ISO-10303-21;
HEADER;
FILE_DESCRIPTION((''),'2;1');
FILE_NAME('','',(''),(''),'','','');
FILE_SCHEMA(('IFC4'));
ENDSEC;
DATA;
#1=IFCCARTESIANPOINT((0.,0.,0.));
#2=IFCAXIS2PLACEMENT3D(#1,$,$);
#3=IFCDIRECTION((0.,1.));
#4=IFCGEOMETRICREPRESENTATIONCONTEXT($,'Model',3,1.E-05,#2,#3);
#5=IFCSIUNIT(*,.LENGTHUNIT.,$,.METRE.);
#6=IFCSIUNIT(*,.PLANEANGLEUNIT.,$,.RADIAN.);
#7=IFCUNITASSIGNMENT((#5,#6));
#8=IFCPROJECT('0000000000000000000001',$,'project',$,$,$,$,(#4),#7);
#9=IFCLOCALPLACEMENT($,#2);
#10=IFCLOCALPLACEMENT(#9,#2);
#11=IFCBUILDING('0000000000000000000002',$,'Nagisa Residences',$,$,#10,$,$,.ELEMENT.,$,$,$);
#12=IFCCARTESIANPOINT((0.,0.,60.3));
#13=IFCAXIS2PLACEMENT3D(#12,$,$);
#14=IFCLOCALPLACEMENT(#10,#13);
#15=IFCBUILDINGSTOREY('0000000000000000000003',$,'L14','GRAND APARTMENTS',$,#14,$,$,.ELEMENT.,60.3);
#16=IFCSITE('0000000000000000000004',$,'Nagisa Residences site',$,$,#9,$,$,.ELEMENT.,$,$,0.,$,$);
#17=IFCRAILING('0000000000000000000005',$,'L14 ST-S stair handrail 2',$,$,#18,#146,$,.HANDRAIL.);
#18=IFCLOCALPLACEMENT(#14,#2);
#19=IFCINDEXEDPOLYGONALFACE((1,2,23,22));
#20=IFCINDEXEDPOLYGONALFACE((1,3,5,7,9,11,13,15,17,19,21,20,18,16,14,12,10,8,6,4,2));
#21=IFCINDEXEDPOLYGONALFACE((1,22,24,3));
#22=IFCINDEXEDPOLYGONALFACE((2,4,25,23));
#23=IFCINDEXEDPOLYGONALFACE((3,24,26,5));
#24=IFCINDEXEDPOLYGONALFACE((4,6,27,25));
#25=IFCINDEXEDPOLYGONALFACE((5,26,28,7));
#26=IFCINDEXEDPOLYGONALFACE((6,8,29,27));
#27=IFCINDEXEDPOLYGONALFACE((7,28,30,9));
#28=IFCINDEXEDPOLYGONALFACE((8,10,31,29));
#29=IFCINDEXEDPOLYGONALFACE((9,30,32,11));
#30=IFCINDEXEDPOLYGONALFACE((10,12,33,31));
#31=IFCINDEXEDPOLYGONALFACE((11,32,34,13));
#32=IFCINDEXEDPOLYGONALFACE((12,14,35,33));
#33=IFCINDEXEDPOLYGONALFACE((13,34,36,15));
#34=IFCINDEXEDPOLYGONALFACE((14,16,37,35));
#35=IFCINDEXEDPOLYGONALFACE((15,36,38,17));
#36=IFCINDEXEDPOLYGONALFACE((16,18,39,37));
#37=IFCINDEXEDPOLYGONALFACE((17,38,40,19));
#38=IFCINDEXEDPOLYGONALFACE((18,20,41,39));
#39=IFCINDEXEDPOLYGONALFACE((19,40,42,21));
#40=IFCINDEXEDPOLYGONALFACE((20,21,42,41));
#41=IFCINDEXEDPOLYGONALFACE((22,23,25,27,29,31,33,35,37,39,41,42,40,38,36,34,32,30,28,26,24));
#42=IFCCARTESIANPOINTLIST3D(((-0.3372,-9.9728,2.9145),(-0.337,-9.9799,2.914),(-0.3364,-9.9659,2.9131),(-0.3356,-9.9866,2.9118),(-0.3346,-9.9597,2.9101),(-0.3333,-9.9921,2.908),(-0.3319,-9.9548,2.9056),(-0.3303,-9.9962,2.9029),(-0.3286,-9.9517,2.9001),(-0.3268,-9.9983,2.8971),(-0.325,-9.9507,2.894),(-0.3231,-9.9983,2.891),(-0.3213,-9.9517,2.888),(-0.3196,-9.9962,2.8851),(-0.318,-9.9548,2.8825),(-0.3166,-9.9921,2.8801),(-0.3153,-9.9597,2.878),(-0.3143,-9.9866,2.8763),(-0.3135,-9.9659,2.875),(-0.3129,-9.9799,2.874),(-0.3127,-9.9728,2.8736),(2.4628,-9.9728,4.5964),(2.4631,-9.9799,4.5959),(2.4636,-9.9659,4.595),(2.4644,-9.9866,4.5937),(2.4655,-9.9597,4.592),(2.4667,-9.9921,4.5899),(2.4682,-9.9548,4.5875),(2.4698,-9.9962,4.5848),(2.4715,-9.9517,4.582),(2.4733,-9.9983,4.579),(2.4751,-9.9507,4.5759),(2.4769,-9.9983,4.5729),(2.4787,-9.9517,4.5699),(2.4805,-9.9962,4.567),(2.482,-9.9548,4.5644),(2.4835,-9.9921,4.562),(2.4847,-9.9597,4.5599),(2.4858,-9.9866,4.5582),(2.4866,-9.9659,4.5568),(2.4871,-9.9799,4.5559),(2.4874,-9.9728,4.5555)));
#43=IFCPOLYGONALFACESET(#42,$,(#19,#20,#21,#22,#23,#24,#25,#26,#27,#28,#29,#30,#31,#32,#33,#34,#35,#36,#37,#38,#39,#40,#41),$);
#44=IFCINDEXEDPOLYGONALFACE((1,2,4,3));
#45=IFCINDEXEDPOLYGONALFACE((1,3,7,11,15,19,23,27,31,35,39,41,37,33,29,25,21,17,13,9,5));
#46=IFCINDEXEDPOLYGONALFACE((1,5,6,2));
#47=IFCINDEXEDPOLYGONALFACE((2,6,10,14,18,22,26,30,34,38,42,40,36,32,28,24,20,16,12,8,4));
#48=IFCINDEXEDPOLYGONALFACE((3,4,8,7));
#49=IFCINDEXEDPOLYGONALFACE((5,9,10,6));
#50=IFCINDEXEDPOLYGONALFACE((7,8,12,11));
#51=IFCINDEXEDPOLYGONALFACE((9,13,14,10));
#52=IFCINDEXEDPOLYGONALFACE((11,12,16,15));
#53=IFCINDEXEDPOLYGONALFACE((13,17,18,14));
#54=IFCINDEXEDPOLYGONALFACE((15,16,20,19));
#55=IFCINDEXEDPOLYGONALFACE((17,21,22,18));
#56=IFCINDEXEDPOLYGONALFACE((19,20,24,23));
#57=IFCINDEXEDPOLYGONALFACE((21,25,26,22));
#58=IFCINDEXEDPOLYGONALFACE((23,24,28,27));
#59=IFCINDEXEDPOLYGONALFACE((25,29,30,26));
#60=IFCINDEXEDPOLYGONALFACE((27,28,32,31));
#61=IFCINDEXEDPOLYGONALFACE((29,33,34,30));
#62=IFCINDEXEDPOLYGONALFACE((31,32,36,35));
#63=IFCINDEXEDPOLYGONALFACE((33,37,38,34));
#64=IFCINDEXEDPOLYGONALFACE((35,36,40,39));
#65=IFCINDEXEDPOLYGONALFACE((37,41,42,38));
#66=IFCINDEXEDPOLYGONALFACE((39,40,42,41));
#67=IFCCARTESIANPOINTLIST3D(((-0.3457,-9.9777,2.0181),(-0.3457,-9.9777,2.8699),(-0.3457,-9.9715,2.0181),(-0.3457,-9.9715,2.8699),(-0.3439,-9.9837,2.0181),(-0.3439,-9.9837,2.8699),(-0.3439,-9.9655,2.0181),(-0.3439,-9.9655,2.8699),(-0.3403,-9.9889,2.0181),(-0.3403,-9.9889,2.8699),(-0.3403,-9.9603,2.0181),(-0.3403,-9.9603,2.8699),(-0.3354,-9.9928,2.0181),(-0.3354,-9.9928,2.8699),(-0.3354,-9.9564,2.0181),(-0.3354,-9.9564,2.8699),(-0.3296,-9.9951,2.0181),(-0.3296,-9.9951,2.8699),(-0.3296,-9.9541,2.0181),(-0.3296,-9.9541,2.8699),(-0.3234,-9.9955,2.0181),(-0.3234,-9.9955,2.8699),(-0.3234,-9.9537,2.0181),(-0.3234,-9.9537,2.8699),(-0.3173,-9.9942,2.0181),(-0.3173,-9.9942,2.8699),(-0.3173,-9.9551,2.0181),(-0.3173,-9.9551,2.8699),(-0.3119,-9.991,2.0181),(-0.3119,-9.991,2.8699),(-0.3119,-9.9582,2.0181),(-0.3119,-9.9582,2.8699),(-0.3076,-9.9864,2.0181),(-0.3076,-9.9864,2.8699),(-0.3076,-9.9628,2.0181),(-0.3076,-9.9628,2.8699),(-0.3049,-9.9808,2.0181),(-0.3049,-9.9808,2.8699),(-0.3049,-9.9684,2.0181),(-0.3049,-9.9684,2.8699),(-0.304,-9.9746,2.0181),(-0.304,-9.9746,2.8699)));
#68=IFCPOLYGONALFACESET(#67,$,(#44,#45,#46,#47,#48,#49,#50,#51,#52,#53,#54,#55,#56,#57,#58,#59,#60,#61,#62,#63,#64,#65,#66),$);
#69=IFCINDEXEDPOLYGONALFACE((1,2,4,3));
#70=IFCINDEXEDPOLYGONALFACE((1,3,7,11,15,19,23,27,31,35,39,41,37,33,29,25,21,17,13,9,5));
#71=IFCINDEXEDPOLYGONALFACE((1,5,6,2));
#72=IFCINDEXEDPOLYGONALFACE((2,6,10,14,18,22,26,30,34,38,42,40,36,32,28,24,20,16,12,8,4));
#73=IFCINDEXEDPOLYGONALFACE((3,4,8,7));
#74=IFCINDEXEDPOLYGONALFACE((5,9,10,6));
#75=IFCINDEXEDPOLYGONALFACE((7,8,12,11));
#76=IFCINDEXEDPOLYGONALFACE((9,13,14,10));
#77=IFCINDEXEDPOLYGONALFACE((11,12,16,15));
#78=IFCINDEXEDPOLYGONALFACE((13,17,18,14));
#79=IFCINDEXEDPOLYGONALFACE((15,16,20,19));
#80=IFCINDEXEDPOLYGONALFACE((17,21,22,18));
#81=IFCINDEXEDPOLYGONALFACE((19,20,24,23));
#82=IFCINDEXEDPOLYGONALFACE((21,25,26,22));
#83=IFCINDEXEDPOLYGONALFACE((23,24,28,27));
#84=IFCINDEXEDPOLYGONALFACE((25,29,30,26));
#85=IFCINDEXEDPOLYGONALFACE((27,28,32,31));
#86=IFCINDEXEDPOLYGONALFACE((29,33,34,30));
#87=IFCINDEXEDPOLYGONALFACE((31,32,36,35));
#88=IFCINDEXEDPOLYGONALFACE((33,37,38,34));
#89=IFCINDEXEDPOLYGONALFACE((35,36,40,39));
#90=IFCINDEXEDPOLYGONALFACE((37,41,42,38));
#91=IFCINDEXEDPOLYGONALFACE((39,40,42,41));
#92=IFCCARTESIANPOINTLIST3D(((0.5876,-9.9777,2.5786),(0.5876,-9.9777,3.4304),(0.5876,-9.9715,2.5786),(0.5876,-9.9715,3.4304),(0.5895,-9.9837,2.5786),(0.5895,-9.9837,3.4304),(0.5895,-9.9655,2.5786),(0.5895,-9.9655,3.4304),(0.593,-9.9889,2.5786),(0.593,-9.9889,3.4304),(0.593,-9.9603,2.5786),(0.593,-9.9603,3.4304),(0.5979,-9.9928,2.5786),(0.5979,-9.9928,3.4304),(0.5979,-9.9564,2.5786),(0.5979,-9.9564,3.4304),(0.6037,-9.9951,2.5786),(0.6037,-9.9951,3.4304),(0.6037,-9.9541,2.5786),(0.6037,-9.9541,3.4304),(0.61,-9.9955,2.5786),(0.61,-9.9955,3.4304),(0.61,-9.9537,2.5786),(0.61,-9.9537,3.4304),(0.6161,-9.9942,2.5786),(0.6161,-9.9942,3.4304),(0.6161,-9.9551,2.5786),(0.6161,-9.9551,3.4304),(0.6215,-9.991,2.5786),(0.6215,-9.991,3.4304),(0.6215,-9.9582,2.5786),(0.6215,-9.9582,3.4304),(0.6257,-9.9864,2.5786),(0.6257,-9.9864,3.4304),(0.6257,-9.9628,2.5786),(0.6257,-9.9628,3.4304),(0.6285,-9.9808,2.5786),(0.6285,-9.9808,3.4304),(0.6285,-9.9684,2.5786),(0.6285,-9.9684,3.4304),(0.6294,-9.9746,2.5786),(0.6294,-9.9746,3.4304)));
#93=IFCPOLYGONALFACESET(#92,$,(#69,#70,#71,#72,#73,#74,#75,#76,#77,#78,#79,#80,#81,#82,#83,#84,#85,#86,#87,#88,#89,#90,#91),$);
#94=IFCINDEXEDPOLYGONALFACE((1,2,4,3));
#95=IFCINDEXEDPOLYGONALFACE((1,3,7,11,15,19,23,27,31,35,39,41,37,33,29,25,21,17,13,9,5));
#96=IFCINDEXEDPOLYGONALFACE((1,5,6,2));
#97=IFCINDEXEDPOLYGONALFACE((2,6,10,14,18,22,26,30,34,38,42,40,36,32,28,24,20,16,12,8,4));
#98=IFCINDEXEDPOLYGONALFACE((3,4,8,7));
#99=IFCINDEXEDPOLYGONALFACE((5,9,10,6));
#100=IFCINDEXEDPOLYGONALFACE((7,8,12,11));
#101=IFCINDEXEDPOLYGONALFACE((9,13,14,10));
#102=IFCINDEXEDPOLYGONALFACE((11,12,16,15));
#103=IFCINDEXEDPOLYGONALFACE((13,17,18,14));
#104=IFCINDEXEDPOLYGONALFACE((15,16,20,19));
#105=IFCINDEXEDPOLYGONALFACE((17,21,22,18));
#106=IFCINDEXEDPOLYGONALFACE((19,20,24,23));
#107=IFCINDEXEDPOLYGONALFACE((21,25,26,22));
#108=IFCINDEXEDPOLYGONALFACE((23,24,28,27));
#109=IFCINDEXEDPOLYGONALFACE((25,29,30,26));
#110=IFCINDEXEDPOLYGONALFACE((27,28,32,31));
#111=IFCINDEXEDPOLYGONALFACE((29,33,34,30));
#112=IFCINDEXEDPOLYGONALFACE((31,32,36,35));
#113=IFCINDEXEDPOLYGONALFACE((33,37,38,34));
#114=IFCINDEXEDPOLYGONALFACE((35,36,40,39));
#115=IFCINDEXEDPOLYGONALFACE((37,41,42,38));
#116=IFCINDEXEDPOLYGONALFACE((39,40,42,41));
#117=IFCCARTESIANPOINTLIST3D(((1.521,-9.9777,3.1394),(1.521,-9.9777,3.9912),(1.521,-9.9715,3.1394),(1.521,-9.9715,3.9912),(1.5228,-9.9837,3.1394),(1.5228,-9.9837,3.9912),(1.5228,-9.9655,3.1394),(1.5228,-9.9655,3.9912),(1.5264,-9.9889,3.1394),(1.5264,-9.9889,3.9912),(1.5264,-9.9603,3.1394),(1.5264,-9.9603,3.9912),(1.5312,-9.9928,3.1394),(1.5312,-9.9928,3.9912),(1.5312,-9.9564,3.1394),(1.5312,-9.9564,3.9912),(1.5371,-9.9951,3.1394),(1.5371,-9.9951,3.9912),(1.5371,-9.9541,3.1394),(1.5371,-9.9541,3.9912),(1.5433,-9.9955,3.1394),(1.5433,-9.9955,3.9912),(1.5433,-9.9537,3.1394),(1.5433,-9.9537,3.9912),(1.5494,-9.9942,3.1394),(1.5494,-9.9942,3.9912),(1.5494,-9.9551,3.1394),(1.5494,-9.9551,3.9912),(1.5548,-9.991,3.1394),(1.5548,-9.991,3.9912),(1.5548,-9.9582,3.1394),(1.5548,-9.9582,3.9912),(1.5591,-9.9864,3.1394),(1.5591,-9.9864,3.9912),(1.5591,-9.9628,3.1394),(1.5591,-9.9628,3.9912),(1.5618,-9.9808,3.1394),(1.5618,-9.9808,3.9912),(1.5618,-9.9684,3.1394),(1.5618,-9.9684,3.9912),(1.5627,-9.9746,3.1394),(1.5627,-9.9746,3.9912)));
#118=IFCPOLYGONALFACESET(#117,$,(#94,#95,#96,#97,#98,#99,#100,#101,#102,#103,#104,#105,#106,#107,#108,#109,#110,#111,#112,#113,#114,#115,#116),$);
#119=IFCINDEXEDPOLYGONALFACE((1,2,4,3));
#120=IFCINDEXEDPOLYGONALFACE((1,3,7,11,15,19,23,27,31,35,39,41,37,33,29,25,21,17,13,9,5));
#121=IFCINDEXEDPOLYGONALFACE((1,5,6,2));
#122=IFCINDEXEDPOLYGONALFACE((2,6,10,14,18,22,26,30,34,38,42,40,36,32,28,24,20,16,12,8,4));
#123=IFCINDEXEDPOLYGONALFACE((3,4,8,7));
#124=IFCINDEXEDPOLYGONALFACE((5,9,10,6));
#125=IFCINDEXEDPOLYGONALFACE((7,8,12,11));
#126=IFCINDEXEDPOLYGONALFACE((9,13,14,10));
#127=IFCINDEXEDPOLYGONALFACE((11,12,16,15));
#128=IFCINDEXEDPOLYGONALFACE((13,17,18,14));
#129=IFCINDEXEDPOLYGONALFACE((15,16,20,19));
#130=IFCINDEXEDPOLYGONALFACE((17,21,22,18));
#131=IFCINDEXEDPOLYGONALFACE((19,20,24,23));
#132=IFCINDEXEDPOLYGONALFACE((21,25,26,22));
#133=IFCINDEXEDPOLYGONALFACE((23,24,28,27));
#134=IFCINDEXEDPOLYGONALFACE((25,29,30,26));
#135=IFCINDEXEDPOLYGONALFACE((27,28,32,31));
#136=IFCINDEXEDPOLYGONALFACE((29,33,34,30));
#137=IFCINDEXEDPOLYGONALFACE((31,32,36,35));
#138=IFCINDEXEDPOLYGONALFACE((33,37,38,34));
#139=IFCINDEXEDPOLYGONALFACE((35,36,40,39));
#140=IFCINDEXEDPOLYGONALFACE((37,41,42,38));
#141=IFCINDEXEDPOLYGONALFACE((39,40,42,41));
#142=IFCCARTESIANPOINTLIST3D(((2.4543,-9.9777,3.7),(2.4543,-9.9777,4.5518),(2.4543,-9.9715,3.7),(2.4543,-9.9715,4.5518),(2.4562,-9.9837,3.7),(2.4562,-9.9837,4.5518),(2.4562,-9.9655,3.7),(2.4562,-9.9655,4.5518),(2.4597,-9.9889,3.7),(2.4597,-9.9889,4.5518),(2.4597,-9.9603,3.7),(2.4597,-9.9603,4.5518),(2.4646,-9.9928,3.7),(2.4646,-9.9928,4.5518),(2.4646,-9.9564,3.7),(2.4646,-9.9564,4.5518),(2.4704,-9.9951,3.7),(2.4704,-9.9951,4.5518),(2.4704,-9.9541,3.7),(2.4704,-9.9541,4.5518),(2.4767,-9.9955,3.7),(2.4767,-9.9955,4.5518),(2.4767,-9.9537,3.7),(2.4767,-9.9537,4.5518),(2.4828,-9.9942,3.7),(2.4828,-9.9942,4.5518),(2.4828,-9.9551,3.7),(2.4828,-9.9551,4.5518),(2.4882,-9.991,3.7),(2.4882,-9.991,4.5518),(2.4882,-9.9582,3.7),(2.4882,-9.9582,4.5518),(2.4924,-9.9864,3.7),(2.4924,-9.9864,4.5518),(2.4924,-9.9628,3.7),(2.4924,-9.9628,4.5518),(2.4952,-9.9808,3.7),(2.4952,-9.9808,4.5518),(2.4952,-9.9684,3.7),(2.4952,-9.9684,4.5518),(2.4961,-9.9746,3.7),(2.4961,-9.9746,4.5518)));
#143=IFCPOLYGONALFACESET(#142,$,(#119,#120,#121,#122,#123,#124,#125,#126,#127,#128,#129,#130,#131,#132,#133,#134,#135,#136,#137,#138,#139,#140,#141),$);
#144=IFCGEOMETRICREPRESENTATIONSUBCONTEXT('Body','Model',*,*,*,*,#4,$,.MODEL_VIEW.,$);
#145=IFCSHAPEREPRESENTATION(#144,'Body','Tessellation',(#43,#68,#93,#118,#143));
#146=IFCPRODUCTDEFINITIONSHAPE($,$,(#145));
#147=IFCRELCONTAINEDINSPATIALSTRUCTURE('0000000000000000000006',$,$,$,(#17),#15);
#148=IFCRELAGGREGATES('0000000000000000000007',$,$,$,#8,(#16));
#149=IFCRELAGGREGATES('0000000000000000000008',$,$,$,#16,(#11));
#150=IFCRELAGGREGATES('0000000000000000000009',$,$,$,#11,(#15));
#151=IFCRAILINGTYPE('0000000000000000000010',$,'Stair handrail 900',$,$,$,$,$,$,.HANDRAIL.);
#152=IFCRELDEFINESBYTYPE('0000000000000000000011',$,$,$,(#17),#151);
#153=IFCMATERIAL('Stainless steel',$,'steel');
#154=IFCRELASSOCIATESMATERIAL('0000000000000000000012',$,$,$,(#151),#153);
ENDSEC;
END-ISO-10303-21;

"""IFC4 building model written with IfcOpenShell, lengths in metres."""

from ifc_helpers import new_model, si_unit, direction, frame, origin, origin_2d, place, context, subcontext, project, spatial, circle, extrude, material, type_object, element, save


model = new_model("IFC4")

# Units and contexts
model_context = context("Model", 3, precision=1e-05, world=origin(), true_north=direction((0.0, 1.0)))
body_context = subcontext(model_context, "Body", "Model", "MODEL_VIEW")
ifc_project = project(units=[si_unit("LENGTHUNIT", "METRE"), si_unit("PLANEANGLEUNIT", "RADIAN")], contexts=[model_context])

# Site, building, storey
site_placement = place(None, origin())
site = spatial("IfcSite", under=ifc_project, at=site_placement, Name="Nagisa Residences site", CompositionType="ELEMENT", RefElevation=0.0)
building_placement = place(site_placement, origin())
building = spatial("IfcBuilding", under=site, at=building_placement, Name="Nagisa Residences", CompositionType="ELEMENT")
storey_placement = place(building_placement, frame((0.0, 0.0, 60.3)))
storey = spatial("IfcBuildingStorey", under=building, at=storey_placement, Name="L14", Description="GRAND APARTMENTS", CompositionType="ELEMENT", Elevation=60.3)

# Railing
ifc_material_1 = material(Name="Stainless steel", Category="steel")
railing_type = type_object("IfcRailingType", Name="Stair handrail 900", PredefinedType="HANDRAIL", material=ifc_material_1)
railing_placement = place(storey_placement, frame((-0.325, -9.9746, 2.0181)))
element("IfcRailing", 1, at=railing_placement, inside=storey, type_object=railing_type, Name="L14 ST-S stair handrail 2", PredefinedType="HANDRAIL", context=body_context, shape_type="SweptSolid", body=[
    extrude(circle(Radius=0.0239, at=origin_2d()), frame((0.0, 0.0, 0.876), z_axis=(0.857242, 0.0, 0.514913), x_axis=(0.0, 1.0, 0.0)), (0.0, 0.0, 1.0), 3.2664),
    extrude(circle(Radius=0.021, at=origin_2d()), origin(), (0.0, 0.0, 1.0), 0.8518),
    extrude(circle(Radius=0.021, at=origin_2d()), frame((0.9333, 0.0, 0.5605)), (0.0, 0.0, 1.0), 0.8518),
    extrude(circle(Radius=0.021, at=origin_2d()), frame((1.8667, 0.0, 1.1213)), (0.0, 0.0, 1.0), 0.8518),
    extrude(circle(Radius=0.021, at=origin_2d()), frame((2.8, 0.0, 1.6819)), (0.0, 0.0, 1.0), 0.8518),
])

save(model, "model.ifc")
